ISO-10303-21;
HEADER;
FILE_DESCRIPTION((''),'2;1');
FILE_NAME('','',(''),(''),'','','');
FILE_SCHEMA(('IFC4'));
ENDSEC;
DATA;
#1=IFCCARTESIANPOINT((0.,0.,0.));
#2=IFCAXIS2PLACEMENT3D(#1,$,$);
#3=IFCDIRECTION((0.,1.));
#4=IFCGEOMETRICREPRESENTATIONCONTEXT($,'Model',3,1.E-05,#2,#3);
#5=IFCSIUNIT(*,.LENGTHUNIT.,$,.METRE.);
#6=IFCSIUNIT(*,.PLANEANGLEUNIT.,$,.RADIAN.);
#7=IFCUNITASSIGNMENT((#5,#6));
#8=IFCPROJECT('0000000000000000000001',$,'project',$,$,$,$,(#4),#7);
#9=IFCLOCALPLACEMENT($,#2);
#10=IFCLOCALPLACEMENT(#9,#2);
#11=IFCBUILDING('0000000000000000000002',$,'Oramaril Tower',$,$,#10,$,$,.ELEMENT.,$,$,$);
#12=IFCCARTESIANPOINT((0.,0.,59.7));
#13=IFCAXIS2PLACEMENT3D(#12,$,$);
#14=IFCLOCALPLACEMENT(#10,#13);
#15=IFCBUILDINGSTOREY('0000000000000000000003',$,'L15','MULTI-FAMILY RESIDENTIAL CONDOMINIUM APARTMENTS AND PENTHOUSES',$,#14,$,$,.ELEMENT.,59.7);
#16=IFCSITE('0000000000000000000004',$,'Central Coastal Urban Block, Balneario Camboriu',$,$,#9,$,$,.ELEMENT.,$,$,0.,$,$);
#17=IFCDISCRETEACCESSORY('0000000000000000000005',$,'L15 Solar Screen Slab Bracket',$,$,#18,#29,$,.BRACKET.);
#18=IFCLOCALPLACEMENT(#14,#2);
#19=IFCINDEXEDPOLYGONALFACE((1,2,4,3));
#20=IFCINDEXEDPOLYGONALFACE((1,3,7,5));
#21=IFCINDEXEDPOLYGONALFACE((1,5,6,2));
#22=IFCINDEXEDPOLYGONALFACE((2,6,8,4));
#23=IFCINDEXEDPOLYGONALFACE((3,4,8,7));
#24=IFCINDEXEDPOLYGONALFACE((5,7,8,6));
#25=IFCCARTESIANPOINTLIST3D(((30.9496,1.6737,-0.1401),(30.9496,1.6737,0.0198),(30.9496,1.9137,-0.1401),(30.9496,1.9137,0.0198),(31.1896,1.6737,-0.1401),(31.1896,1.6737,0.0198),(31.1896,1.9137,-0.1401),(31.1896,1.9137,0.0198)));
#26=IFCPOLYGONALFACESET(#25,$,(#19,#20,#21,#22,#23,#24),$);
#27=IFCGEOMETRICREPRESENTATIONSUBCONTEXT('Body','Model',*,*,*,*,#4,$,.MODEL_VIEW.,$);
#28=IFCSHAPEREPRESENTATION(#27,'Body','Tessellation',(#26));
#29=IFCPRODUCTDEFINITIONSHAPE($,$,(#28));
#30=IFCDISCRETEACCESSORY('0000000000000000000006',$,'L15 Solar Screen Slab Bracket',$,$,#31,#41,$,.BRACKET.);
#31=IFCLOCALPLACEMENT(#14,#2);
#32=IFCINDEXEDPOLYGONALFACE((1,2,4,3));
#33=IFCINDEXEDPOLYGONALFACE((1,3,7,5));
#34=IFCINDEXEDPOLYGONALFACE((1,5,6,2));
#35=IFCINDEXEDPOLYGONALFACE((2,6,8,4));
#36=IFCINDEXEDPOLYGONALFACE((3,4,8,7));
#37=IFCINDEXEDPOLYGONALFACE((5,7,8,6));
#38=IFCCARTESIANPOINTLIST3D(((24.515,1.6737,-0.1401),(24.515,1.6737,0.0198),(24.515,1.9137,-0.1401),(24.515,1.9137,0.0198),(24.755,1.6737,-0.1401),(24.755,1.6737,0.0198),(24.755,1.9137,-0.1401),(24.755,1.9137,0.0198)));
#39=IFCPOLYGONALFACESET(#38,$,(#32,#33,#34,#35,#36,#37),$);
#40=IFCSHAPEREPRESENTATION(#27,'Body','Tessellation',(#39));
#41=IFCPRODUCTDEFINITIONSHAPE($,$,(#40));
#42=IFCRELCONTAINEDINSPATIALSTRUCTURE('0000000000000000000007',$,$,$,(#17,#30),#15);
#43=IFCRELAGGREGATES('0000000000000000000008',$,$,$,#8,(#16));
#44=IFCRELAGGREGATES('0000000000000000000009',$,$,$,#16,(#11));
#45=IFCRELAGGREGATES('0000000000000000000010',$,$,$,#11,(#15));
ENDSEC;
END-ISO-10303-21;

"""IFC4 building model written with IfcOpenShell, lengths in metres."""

from ifc_helpers import new_model, si_unit, direction, frame, origin, origin_2d, place, context, subcontext, project, spatial, rectangle, extrude, element, save


model = new_model("IFC4")

# Units and contexts
model_context = context("Model", 3, precision=1e-05, world=origin(), true_north=direction((0.0, 1.0)))
body_context = subcontext(model_context, "Body", "Model", "MODEL_VIEW")
ifc_project = project(units=[si_unit("LENGTHUNIT", "METRE"), si_unit("PLANEANGLEUNIT", "RADIAN")], contexts=[model_context])

# Site, building, storey
site_placement = place(None, origin())
site = spatial("IfcSite", under=ifc_project, at=site_placement, Name="Central Coastal Urban Block, Balneario Camboriu", CompositionType="ELEMENT", RefElevation=0.0)
building_placement = place(site_placement, origin())
building = spatial("IfcBuilding", under=site, at=building_placement, Name="Oramaril Tower", CompositionType="ELEMENT")
storey_placement = place(building_placement, frame((0.0, 0.0, 59.7)))
storey = spatial("IfcBuildingStorey", under=building, at=storey_placement, Name="L15", Description="MULTI-FAMILY RESIDENTIAL CONDOMINIUM APARTMENTS AND PENTHOUSES", CompositionType="ELEMENT", Elevation=59.7)

# Discrete accessories
for number, where, z_axis, x_axis, name in (
    (1, (31.0696, 1.7937, -0.1401), (0.0, 0.0, 1.0), (1.0, 0.0, 0.0), "L15 Solar Screen Slab Bracket"),
    (2, (24.635, 1.7937, -0.1401), (0.0, 0.0, 1.0), (1.0, 0.0, 0.0), "L15 Solar Screen Slab Bracket"),
):
    element("IfcDiscreteAccessory", number, at=place(storey_placement, frame(where, z_axis=z_axis, x_axis=x_axis)), inside=storey, Name=name, PredefinedType="BRACKET", context=body_context, shape_type="SweptSolid", body=[
        extrude(rectangle(XDim=0.24, YDim=0.24, at=origin_2d()), origin(), (0.0, 0.0, 1.0), 0.1599),
    ])

save(model, "model.ifc")
